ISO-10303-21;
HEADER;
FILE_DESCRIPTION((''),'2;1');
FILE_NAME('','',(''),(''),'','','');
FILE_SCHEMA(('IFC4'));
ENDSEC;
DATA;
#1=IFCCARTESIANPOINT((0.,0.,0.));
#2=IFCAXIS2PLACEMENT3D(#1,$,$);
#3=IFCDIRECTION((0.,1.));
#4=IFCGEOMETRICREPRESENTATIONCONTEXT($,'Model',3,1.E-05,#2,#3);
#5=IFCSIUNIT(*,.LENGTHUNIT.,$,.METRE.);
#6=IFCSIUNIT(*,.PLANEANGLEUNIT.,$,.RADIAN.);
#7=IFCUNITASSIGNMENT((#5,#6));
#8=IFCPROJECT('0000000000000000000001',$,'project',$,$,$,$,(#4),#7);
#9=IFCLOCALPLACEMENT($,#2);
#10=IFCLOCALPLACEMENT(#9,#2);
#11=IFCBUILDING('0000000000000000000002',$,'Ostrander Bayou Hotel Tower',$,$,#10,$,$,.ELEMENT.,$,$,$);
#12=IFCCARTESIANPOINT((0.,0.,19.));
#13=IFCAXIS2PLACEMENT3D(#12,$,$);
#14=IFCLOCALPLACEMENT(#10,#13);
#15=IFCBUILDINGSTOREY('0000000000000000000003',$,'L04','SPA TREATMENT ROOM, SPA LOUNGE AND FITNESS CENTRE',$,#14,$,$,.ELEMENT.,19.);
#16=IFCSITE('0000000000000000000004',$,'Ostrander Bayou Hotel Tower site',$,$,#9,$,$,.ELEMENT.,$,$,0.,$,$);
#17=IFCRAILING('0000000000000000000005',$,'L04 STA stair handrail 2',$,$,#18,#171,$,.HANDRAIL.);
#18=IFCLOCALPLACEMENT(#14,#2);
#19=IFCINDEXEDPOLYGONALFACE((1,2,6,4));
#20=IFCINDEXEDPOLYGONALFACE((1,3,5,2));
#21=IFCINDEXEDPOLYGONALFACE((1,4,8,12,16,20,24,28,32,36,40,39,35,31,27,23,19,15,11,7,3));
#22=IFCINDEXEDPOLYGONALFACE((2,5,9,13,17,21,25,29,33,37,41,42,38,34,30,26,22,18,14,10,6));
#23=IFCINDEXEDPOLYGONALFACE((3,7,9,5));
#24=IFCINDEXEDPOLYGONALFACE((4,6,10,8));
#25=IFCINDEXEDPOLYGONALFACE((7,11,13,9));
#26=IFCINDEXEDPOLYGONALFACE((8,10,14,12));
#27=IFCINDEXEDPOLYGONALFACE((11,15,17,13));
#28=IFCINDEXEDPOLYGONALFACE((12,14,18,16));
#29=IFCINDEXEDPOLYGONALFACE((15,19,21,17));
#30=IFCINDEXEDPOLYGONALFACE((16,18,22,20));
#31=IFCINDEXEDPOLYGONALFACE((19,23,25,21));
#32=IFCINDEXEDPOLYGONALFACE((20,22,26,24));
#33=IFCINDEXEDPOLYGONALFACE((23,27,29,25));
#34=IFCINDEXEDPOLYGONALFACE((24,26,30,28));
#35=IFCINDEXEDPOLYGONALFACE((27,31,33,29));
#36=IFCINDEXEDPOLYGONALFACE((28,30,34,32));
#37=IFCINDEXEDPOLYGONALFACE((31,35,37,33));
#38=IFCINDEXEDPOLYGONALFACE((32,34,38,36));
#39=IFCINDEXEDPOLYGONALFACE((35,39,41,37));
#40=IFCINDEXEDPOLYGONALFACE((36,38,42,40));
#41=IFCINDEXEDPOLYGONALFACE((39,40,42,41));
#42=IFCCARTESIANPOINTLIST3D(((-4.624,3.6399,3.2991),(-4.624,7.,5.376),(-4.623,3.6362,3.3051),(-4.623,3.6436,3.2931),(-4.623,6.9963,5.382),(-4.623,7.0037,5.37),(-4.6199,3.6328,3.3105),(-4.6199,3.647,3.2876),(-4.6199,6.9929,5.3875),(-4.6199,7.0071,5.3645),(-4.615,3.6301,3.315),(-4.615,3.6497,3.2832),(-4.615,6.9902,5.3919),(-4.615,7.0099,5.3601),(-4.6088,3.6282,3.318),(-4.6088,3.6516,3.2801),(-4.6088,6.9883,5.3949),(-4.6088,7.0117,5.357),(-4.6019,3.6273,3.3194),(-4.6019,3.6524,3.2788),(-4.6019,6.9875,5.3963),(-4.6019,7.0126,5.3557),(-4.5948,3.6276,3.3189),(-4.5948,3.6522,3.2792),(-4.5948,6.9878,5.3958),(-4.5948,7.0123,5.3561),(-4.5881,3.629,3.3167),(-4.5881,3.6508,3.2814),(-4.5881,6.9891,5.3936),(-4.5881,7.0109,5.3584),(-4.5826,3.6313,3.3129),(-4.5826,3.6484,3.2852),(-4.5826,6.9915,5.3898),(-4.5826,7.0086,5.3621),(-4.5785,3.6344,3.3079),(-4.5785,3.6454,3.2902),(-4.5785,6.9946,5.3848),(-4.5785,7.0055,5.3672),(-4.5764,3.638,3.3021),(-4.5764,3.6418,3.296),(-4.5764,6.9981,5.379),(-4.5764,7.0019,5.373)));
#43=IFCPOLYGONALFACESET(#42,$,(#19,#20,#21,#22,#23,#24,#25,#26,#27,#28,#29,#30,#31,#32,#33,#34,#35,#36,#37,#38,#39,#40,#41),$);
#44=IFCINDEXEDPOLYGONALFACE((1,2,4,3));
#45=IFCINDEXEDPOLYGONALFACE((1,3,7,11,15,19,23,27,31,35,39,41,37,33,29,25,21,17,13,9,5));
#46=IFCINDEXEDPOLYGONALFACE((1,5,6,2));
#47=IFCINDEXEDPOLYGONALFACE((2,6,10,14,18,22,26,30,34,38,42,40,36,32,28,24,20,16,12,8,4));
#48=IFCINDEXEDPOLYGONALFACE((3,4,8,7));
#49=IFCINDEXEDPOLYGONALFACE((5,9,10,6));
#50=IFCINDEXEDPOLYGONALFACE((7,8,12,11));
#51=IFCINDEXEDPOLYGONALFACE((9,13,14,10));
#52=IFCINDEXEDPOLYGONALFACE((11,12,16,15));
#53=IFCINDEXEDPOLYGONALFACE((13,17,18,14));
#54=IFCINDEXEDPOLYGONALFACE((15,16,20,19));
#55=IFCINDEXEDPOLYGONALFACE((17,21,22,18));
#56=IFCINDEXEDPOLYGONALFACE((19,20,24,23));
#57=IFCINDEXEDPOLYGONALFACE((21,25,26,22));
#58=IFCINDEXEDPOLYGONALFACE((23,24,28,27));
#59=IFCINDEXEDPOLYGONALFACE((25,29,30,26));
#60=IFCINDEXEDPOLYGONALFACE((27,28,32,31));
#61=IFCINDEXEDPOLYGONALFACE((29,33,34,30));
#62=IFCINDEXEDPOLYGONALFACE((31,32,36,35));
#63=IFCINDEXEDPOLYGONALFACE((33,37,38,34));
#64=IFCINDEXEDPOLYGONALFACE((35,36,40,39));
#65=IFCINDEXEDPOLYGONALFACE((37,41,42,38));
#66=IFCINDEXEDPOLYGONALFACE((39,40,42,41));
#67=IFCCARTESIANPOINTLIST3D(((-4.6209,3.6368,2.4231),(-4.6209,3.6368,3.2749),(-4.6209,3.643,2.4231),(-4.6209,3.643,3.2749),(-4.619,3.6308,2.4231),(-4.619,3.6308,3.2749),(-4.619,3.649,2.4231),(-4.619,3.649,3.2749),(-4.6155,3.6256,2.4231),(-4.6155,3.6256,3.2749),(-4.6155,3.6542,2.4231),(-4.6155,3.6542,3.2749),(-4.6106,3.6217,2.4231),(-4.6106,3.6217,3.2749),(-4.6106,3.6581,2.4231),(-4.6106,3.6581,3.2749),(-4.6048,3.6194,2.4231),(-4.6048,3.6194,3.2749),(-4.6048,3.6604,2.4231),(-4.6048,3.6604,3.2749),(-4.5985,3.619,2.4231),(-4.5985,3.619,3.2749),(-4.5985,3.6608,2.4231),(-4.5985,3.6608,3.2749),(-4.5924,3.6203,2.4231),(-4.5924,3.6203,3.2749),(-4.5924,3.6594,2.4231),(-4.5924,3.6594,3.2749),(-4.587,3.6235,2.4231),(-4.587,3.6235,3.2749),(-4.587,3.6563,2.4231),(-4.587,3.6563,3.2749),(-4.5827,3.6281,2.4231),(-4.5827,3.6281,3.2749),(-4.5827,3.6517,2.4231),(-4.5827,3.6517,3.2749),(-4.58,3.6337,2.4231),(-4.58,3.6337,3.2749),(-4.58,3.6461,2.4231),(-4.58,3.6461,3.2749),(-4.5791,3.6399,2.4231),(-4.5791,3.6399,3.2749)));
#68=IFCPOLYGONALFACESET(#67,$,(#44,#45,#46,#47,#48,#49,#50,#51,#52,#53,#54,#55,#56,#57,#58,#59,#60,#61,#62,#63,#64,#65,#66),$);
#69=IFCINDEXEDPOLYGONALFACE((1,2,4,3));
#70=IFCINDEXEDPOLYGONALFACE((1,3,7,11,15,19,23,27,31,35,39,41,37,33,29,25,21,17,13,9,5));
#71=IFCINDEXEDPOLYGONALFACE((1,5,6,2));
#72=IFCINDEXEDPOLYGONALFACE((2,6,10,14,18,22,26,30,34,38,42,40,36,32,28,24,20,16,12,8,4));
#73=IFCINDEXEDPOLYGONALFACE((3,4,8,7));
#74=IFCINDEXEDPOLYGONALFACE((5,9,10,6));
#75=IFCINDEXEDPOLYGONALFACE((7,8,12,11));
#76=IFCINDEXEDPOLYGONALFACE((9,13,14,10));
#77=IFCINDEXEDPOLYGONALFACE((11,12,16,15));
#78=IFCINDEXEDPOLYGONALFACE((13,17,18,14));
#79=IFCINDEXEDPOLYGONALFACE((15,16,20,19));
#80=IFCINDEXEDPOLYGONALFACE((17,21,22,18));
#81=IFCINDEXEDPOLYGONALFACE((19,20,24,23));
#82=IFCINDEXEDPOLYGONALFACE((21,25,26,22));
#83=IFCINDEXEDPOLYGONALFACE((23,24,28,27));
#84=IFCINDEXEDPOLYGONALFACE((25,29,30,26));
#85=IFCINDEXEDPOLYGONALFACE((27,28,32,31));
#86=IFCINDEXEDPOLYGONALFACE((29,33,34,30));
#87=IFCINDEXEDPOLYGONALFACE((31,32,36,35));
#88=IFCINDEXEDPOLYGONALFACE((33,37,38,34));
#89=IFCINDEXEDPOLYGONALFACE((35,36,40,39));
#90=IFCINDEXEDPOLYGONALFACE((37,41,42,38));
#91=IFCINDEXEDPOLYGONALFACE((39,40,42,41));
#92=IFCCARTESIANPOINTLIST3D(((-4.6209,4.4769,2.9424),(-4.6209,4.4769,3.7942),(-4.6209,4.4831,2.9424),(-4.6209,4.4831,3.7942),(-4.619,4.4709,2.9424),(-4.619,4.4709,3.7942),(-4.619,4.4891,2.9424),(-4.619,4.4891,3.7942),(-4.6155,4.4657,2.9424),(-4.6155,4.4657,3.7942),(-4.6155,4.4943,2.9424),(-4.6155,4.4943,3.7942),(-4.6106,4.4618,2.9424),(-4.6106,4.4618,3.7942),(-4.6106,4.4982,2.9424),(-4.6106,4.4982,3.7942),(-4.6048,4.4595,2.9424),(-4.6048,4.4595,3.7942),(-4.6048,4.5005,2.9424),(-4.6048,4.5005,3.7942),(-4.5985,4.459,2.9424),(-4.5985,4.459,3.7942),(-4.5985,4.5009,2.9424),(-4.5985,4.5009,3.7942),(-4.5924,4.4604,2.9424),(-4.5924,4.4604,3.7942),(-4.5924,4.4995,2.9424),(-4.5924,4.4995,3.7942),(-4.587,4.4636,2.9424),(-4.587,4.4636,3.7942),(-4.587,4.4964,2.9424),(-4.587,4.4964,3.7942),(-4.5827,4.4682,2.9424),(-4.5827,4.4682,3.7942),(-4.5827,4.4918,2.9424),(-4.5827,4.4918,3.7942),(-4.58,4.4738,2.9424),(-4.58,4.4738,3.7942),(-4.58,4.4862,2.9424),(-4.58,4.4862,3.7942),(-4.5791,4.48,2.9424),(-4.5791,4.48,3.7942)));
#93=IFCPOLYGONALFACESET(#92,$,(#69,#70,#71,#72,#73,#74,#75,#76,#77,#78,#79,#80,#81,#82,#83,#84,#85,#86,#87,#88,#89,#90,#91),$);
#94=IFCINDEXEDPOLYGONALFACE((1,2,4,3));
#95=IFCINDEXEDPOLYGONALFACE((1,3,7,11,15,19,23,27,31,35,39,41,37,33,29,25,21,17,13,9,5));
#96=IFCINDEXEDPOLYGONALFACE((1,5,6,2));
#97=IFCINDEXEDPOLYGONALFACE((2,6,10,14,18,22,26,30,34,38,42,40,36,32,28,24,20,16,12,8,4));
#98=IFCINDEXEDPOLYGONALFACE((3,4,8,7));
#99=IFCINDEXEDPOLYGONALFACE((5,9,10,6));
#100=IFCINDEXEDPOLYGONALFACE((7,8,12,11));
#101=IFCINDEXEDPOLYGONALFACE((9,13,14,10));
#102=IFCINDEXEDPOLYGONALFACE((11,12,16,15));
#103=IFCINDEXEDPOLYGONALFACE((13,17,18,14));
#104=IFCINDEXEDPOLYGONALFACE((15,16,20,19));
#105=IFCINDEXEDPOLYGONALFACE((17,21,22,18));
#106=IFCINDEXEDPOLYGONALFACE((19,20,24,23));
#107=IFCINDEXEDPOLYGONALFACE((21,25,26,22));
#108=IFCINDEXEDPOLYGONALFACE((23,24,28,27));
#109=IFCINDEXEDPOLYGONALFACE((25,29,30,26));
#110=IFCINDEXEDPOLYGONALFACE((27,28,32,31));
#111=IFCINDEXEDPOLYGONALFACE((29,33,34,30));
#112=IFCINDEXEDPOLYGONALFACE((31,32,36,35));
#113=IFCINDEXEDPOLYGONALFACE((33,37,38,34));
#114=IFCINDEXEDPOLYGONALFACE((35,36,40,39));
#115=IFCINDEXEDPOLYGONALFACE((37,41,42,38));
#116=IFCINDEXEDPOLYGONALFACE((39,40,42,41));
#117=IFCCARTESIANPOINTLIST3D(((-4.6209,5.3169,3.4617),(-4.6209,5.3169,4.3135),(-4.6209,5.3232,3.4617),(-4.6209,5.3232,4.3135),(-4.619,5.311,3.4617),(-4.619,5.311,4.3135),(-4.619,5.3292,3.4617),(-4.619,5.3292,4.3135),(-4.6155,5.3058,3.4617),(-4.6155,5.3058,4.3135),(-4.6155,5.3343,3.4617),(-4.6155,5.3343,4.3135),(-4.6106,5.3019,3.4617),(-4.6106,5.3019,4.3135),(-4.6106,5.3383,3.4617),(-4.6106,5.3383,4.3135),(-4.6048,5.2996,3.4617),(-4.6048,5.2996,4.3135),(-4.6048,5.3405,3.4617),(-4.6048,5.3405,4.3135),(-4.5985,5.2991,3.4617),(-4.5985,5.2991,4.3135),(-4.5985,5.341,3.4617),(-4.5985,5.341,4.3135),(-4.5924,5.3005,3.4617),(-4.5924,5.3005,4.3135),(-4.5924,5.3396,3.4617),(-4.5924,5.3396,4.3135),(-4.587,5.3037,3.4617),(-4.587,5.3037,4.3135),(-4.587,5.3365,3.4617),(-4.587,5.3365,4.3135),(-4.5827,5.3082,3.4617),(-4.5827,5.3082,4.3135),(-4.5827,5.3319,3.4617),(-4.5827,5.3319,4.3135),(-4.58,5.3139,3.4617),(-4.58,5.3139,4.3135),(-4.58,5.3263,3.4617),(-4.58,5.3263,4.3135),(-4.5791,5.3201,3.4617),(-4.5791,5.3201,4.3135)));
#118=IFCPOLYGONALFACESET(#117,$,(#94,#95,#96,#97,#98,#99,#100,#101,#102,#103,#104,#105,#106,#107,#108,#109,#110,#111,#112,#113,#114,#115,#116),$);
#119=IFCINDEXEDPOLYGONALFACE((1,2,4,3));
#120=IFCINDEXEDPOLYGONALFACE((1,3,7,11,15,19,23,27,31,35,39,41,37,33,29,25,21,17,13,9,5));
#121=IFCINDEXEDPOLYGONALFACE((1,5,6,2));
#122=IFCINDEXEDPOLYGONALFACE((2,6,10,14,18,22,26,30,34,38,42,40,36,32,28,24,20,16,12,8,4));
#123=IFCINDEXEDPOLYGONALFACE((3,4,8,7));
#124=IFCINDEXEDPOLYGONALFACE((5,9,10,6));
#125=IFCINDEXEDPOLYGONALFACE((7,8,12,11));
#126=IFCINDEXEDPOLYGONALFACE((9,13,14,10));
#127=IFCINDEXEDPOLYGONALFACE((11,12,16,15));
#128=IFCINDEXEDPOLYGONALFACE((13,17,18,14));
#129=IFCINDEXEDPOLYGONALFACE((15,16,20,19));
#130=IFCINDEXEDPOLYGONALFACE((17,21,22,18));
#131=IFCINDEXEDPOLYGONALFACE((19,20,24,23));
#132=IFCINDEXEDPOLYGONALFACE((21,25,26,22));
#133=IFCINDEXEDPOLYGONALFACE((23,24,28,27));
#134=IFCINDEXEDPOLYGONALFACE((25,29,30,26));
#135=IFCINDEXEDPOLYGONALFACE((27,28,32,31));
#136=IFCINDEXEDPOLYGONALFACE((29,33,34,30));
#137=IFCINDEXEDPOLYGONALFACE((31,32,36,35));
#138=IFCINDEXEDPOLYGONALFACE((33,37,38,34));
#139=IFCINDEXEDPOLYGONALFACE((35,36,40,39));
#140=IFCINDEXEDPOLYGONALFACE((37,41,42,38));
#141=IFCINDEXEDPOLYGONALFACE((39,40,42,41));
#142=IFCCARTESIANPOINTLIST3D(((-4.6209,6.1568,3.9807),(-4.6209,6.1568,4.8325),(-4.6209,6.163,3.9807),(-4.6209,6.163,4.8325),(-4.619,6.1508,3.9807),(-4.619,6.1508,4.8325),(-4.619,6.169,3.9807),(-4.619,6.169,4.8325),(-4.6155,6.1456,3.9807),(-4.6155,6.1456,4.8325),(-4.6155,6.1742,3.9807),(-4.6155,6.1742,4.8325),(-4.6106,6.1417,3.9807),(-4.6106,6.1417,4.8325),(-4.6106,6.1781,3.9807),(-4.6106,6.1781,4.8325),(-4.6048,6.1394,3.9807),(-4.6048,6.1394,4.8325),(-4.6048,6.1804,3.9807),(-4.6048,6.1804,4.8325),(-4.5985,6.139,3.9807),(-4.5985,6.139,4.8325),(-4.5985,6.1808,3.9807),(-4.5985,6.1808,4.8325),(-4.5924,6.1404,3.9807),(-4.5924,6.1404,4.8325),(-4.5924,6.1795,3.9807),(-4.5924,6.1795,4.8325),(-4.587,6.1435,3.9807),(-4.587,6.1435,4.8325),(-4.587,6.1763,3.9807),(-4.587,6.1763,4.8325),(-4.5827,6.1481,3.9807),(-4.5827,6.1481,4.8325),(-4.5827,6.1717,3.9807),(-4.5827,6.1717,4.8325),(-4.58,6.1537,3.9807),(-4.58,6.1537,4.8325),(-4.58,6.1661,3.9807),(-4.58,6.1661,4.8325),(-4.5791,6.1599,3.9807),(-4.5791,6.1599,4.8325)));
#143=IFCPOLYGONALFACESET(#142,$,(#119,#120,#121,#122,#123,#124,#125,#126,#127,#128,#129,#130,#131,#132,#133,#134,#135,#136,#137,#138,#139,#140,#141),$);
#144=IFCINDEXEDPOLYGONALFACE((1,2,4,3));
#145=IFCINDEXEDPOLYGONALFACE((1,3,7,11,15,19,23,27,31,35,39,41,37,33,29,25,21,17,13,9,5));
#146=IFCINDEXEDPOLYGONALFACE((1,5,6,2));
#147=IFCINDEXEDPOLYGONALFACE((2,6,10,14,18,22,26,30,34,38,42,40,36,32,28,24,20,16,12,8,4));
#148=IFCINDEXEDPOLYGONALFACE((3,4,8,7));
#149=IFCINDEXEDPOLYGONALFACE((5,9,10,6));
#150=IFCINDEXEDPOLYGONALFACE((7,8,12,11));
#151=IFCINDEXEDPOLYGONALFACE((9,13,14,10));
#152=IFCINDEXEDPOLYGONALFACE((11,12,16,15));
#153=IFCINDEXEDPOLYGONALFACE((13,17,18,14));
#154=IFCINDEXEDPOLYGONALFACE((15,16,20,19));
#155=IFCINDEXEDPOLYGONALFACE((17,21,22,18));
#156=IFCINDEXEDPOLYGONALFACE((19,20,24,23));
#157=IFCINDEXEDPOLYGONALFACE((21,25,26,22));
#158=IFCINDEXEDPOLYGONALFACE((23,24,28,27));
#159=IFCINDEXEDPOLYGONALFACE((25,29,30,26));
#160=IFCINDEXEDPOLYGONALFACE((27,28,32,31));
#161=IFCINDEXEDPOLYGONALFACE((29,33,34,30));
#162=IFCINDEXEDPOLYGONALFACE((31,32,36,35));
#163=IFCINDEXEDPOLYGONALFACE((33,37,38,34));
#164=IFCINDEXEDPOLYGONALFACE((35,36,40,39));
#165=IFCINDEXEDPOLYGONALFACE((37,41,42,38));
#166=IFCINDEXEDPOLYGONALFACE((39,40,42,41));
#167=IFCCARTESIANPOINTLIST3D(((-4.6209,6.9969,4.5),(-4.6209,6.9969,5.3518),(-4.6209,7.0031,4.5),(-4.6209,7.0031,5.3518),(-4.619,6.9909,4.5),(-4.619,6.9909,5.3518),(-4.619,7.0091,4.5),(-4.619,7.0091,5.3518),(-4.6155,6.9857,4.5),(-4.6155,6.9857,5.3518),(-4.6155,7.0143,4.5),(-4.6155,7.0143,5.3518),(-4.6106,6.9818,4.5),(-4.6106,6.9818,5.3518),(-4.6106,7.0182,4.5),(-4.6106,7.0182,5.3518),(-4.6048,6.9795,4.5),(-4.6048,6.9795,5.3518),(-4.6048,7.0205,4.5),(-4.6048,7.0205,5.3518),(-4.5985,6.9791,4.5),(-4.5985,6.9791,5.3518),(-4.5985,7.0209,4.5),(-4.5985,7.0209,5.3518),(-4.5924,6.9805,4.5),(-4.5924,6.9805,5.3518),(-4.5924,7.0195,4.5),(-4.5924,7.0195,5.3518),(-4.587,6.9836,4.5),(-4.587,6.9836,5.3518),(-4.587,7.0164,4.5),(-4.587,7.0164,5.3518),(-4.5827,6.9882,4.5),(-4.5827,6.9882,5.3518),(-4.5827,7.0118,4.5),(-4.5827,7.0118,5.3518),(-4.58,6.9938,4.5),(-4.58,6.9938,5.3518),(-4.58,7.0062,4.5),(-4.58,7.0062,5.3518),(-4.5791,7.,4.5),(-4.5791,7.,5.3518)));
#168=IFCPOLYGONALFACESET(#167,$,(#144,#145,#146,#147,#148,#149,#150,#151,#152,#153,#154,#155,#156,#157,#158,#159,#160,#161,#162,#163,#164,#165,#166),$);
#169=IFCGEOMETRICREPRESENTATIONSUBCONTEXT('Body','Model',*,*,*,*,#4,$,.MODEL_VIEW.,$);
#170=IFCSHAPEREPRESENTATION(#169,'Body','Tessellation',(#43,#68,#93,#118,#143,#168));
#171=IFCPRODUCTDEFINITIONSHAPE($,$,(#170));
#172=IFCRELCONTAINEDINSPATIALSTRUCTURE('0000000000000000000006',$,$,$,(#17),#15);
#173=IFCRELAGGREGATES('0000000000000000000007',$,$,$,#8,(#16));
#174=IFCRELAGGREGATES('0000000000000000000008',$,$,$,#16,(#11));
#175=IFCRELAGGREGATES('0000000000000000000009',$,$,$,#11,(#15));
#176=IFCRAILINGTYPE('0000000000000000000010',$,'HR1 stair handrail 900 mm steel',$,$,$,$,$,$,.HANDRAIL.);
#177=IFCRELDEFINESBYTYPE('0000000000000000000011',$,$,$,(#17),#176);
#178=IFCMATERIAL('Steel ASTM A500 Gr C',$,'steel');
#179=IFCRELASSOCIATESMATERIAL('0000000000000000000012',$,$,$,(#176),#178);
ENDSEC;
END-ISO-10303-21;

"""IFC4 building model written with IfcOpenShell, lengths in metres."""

from ifc_helpers import new_model, si_unit, direction, frame, origin, origin_2d, place, context, subcontext, project, spatial, circle, extrude, material, type_object, element, save


model = new_model("IFC4")

# Units and contexts
model_context = context("Model", 3, precision=1e-05, world=origin(), true_north=direction((0.0, 1.0)))
body_context = subcontext(model_context, "Body", "Model", "MODEL_VIEW")
ifc_project = project(units=[si_unit("LENGTHUNIT", "METRE"), si_unit("PLANEANGLEUNIT", "RADIAN")], contexts=[model_context])

# Site, building, storey
site_placement = place(None, origin())
site = spatial("IfcSite", under=ifc_project, at=site_placement, Name="Ostrander Bayou Hotel Tower site", CompositionType="ELEMENT", RefElevation=0.0)
building_placement = place(site_placement, origin())
building = spatial("IfcBuilding", under=site, at=building_placement, Name="Ostrander Bayou Hotel Tower", CompositionType="ELEMENT")
storey_placement = place(building_placement, frame((0.0, 0.0, 19.0)))
storey = spatial("IfcBuildingStorey", under=building, at=storey_placement, Name="L04", Description="SPA TREATMENT ROOM, SPA LOUNGE AND FITNESS CENTRE", CompositionType="ELEMENT", Elevation=19.0)

# Railing
ifc_material_1 = material(Name="Steel ASTM A500 Gr C", Category="steel")
railing_type_1 = type_object("IfcRailingType", Name="HR1 stair handrail 900 mm steel", PredefinedType="HANDRAIL", material=ifc_material_1)
railing_1_placement = place(storey_placement, frame((-4.6001, 3.6399, 2.4231)))
element("IfcRailing", 1, at=railing_1_placement, inside=storey, type_object=railing_type_1, Name="L04 STA stair handrail 2", PredefinedType="HANDRAIL", context=body_context, shape_type="SweptSolid", body=[
    extrude(circle(Radius=0.0239, at=origin_2d()), frame((0.0, 0.0, 0.876), z_axis=(0.0, 0.850623, 0.525776), x_axis=(-1.0, 0.0, 0.0)), (0.0, 0.0, 1.0), 3.9502),
    extrude(circle(Radius=0.021, at=origin_2d()), origin(), (0.0, 0.0, 1.0), 0.8518),
    extrude(circle(Radius=0.021, at=origin_2d()), frame((0.0, 0.8401, 0.5193)), (0.0, 0.0, 1.0), 0.8518),
    extrude(circle(Radius=0.021, at=origin_2d()), frame((0.0, 1.6802, 1.0386)), (0.0, 0.0, 1.0), 0.8518),
    extrude(circle(Radius=0.021, at=origin_2d()), frame((0.0, 2.52, 1.5576)), (0.0, 0.0, 1.0), 0.8518),
    extrude(circle(Radius=0.021, at=origin_2d()), frame((0.0, 3.3601, 2.0769)), (0.0, 0.0, 1.0), 0.8518),
])

save(model, "model.ifc")
